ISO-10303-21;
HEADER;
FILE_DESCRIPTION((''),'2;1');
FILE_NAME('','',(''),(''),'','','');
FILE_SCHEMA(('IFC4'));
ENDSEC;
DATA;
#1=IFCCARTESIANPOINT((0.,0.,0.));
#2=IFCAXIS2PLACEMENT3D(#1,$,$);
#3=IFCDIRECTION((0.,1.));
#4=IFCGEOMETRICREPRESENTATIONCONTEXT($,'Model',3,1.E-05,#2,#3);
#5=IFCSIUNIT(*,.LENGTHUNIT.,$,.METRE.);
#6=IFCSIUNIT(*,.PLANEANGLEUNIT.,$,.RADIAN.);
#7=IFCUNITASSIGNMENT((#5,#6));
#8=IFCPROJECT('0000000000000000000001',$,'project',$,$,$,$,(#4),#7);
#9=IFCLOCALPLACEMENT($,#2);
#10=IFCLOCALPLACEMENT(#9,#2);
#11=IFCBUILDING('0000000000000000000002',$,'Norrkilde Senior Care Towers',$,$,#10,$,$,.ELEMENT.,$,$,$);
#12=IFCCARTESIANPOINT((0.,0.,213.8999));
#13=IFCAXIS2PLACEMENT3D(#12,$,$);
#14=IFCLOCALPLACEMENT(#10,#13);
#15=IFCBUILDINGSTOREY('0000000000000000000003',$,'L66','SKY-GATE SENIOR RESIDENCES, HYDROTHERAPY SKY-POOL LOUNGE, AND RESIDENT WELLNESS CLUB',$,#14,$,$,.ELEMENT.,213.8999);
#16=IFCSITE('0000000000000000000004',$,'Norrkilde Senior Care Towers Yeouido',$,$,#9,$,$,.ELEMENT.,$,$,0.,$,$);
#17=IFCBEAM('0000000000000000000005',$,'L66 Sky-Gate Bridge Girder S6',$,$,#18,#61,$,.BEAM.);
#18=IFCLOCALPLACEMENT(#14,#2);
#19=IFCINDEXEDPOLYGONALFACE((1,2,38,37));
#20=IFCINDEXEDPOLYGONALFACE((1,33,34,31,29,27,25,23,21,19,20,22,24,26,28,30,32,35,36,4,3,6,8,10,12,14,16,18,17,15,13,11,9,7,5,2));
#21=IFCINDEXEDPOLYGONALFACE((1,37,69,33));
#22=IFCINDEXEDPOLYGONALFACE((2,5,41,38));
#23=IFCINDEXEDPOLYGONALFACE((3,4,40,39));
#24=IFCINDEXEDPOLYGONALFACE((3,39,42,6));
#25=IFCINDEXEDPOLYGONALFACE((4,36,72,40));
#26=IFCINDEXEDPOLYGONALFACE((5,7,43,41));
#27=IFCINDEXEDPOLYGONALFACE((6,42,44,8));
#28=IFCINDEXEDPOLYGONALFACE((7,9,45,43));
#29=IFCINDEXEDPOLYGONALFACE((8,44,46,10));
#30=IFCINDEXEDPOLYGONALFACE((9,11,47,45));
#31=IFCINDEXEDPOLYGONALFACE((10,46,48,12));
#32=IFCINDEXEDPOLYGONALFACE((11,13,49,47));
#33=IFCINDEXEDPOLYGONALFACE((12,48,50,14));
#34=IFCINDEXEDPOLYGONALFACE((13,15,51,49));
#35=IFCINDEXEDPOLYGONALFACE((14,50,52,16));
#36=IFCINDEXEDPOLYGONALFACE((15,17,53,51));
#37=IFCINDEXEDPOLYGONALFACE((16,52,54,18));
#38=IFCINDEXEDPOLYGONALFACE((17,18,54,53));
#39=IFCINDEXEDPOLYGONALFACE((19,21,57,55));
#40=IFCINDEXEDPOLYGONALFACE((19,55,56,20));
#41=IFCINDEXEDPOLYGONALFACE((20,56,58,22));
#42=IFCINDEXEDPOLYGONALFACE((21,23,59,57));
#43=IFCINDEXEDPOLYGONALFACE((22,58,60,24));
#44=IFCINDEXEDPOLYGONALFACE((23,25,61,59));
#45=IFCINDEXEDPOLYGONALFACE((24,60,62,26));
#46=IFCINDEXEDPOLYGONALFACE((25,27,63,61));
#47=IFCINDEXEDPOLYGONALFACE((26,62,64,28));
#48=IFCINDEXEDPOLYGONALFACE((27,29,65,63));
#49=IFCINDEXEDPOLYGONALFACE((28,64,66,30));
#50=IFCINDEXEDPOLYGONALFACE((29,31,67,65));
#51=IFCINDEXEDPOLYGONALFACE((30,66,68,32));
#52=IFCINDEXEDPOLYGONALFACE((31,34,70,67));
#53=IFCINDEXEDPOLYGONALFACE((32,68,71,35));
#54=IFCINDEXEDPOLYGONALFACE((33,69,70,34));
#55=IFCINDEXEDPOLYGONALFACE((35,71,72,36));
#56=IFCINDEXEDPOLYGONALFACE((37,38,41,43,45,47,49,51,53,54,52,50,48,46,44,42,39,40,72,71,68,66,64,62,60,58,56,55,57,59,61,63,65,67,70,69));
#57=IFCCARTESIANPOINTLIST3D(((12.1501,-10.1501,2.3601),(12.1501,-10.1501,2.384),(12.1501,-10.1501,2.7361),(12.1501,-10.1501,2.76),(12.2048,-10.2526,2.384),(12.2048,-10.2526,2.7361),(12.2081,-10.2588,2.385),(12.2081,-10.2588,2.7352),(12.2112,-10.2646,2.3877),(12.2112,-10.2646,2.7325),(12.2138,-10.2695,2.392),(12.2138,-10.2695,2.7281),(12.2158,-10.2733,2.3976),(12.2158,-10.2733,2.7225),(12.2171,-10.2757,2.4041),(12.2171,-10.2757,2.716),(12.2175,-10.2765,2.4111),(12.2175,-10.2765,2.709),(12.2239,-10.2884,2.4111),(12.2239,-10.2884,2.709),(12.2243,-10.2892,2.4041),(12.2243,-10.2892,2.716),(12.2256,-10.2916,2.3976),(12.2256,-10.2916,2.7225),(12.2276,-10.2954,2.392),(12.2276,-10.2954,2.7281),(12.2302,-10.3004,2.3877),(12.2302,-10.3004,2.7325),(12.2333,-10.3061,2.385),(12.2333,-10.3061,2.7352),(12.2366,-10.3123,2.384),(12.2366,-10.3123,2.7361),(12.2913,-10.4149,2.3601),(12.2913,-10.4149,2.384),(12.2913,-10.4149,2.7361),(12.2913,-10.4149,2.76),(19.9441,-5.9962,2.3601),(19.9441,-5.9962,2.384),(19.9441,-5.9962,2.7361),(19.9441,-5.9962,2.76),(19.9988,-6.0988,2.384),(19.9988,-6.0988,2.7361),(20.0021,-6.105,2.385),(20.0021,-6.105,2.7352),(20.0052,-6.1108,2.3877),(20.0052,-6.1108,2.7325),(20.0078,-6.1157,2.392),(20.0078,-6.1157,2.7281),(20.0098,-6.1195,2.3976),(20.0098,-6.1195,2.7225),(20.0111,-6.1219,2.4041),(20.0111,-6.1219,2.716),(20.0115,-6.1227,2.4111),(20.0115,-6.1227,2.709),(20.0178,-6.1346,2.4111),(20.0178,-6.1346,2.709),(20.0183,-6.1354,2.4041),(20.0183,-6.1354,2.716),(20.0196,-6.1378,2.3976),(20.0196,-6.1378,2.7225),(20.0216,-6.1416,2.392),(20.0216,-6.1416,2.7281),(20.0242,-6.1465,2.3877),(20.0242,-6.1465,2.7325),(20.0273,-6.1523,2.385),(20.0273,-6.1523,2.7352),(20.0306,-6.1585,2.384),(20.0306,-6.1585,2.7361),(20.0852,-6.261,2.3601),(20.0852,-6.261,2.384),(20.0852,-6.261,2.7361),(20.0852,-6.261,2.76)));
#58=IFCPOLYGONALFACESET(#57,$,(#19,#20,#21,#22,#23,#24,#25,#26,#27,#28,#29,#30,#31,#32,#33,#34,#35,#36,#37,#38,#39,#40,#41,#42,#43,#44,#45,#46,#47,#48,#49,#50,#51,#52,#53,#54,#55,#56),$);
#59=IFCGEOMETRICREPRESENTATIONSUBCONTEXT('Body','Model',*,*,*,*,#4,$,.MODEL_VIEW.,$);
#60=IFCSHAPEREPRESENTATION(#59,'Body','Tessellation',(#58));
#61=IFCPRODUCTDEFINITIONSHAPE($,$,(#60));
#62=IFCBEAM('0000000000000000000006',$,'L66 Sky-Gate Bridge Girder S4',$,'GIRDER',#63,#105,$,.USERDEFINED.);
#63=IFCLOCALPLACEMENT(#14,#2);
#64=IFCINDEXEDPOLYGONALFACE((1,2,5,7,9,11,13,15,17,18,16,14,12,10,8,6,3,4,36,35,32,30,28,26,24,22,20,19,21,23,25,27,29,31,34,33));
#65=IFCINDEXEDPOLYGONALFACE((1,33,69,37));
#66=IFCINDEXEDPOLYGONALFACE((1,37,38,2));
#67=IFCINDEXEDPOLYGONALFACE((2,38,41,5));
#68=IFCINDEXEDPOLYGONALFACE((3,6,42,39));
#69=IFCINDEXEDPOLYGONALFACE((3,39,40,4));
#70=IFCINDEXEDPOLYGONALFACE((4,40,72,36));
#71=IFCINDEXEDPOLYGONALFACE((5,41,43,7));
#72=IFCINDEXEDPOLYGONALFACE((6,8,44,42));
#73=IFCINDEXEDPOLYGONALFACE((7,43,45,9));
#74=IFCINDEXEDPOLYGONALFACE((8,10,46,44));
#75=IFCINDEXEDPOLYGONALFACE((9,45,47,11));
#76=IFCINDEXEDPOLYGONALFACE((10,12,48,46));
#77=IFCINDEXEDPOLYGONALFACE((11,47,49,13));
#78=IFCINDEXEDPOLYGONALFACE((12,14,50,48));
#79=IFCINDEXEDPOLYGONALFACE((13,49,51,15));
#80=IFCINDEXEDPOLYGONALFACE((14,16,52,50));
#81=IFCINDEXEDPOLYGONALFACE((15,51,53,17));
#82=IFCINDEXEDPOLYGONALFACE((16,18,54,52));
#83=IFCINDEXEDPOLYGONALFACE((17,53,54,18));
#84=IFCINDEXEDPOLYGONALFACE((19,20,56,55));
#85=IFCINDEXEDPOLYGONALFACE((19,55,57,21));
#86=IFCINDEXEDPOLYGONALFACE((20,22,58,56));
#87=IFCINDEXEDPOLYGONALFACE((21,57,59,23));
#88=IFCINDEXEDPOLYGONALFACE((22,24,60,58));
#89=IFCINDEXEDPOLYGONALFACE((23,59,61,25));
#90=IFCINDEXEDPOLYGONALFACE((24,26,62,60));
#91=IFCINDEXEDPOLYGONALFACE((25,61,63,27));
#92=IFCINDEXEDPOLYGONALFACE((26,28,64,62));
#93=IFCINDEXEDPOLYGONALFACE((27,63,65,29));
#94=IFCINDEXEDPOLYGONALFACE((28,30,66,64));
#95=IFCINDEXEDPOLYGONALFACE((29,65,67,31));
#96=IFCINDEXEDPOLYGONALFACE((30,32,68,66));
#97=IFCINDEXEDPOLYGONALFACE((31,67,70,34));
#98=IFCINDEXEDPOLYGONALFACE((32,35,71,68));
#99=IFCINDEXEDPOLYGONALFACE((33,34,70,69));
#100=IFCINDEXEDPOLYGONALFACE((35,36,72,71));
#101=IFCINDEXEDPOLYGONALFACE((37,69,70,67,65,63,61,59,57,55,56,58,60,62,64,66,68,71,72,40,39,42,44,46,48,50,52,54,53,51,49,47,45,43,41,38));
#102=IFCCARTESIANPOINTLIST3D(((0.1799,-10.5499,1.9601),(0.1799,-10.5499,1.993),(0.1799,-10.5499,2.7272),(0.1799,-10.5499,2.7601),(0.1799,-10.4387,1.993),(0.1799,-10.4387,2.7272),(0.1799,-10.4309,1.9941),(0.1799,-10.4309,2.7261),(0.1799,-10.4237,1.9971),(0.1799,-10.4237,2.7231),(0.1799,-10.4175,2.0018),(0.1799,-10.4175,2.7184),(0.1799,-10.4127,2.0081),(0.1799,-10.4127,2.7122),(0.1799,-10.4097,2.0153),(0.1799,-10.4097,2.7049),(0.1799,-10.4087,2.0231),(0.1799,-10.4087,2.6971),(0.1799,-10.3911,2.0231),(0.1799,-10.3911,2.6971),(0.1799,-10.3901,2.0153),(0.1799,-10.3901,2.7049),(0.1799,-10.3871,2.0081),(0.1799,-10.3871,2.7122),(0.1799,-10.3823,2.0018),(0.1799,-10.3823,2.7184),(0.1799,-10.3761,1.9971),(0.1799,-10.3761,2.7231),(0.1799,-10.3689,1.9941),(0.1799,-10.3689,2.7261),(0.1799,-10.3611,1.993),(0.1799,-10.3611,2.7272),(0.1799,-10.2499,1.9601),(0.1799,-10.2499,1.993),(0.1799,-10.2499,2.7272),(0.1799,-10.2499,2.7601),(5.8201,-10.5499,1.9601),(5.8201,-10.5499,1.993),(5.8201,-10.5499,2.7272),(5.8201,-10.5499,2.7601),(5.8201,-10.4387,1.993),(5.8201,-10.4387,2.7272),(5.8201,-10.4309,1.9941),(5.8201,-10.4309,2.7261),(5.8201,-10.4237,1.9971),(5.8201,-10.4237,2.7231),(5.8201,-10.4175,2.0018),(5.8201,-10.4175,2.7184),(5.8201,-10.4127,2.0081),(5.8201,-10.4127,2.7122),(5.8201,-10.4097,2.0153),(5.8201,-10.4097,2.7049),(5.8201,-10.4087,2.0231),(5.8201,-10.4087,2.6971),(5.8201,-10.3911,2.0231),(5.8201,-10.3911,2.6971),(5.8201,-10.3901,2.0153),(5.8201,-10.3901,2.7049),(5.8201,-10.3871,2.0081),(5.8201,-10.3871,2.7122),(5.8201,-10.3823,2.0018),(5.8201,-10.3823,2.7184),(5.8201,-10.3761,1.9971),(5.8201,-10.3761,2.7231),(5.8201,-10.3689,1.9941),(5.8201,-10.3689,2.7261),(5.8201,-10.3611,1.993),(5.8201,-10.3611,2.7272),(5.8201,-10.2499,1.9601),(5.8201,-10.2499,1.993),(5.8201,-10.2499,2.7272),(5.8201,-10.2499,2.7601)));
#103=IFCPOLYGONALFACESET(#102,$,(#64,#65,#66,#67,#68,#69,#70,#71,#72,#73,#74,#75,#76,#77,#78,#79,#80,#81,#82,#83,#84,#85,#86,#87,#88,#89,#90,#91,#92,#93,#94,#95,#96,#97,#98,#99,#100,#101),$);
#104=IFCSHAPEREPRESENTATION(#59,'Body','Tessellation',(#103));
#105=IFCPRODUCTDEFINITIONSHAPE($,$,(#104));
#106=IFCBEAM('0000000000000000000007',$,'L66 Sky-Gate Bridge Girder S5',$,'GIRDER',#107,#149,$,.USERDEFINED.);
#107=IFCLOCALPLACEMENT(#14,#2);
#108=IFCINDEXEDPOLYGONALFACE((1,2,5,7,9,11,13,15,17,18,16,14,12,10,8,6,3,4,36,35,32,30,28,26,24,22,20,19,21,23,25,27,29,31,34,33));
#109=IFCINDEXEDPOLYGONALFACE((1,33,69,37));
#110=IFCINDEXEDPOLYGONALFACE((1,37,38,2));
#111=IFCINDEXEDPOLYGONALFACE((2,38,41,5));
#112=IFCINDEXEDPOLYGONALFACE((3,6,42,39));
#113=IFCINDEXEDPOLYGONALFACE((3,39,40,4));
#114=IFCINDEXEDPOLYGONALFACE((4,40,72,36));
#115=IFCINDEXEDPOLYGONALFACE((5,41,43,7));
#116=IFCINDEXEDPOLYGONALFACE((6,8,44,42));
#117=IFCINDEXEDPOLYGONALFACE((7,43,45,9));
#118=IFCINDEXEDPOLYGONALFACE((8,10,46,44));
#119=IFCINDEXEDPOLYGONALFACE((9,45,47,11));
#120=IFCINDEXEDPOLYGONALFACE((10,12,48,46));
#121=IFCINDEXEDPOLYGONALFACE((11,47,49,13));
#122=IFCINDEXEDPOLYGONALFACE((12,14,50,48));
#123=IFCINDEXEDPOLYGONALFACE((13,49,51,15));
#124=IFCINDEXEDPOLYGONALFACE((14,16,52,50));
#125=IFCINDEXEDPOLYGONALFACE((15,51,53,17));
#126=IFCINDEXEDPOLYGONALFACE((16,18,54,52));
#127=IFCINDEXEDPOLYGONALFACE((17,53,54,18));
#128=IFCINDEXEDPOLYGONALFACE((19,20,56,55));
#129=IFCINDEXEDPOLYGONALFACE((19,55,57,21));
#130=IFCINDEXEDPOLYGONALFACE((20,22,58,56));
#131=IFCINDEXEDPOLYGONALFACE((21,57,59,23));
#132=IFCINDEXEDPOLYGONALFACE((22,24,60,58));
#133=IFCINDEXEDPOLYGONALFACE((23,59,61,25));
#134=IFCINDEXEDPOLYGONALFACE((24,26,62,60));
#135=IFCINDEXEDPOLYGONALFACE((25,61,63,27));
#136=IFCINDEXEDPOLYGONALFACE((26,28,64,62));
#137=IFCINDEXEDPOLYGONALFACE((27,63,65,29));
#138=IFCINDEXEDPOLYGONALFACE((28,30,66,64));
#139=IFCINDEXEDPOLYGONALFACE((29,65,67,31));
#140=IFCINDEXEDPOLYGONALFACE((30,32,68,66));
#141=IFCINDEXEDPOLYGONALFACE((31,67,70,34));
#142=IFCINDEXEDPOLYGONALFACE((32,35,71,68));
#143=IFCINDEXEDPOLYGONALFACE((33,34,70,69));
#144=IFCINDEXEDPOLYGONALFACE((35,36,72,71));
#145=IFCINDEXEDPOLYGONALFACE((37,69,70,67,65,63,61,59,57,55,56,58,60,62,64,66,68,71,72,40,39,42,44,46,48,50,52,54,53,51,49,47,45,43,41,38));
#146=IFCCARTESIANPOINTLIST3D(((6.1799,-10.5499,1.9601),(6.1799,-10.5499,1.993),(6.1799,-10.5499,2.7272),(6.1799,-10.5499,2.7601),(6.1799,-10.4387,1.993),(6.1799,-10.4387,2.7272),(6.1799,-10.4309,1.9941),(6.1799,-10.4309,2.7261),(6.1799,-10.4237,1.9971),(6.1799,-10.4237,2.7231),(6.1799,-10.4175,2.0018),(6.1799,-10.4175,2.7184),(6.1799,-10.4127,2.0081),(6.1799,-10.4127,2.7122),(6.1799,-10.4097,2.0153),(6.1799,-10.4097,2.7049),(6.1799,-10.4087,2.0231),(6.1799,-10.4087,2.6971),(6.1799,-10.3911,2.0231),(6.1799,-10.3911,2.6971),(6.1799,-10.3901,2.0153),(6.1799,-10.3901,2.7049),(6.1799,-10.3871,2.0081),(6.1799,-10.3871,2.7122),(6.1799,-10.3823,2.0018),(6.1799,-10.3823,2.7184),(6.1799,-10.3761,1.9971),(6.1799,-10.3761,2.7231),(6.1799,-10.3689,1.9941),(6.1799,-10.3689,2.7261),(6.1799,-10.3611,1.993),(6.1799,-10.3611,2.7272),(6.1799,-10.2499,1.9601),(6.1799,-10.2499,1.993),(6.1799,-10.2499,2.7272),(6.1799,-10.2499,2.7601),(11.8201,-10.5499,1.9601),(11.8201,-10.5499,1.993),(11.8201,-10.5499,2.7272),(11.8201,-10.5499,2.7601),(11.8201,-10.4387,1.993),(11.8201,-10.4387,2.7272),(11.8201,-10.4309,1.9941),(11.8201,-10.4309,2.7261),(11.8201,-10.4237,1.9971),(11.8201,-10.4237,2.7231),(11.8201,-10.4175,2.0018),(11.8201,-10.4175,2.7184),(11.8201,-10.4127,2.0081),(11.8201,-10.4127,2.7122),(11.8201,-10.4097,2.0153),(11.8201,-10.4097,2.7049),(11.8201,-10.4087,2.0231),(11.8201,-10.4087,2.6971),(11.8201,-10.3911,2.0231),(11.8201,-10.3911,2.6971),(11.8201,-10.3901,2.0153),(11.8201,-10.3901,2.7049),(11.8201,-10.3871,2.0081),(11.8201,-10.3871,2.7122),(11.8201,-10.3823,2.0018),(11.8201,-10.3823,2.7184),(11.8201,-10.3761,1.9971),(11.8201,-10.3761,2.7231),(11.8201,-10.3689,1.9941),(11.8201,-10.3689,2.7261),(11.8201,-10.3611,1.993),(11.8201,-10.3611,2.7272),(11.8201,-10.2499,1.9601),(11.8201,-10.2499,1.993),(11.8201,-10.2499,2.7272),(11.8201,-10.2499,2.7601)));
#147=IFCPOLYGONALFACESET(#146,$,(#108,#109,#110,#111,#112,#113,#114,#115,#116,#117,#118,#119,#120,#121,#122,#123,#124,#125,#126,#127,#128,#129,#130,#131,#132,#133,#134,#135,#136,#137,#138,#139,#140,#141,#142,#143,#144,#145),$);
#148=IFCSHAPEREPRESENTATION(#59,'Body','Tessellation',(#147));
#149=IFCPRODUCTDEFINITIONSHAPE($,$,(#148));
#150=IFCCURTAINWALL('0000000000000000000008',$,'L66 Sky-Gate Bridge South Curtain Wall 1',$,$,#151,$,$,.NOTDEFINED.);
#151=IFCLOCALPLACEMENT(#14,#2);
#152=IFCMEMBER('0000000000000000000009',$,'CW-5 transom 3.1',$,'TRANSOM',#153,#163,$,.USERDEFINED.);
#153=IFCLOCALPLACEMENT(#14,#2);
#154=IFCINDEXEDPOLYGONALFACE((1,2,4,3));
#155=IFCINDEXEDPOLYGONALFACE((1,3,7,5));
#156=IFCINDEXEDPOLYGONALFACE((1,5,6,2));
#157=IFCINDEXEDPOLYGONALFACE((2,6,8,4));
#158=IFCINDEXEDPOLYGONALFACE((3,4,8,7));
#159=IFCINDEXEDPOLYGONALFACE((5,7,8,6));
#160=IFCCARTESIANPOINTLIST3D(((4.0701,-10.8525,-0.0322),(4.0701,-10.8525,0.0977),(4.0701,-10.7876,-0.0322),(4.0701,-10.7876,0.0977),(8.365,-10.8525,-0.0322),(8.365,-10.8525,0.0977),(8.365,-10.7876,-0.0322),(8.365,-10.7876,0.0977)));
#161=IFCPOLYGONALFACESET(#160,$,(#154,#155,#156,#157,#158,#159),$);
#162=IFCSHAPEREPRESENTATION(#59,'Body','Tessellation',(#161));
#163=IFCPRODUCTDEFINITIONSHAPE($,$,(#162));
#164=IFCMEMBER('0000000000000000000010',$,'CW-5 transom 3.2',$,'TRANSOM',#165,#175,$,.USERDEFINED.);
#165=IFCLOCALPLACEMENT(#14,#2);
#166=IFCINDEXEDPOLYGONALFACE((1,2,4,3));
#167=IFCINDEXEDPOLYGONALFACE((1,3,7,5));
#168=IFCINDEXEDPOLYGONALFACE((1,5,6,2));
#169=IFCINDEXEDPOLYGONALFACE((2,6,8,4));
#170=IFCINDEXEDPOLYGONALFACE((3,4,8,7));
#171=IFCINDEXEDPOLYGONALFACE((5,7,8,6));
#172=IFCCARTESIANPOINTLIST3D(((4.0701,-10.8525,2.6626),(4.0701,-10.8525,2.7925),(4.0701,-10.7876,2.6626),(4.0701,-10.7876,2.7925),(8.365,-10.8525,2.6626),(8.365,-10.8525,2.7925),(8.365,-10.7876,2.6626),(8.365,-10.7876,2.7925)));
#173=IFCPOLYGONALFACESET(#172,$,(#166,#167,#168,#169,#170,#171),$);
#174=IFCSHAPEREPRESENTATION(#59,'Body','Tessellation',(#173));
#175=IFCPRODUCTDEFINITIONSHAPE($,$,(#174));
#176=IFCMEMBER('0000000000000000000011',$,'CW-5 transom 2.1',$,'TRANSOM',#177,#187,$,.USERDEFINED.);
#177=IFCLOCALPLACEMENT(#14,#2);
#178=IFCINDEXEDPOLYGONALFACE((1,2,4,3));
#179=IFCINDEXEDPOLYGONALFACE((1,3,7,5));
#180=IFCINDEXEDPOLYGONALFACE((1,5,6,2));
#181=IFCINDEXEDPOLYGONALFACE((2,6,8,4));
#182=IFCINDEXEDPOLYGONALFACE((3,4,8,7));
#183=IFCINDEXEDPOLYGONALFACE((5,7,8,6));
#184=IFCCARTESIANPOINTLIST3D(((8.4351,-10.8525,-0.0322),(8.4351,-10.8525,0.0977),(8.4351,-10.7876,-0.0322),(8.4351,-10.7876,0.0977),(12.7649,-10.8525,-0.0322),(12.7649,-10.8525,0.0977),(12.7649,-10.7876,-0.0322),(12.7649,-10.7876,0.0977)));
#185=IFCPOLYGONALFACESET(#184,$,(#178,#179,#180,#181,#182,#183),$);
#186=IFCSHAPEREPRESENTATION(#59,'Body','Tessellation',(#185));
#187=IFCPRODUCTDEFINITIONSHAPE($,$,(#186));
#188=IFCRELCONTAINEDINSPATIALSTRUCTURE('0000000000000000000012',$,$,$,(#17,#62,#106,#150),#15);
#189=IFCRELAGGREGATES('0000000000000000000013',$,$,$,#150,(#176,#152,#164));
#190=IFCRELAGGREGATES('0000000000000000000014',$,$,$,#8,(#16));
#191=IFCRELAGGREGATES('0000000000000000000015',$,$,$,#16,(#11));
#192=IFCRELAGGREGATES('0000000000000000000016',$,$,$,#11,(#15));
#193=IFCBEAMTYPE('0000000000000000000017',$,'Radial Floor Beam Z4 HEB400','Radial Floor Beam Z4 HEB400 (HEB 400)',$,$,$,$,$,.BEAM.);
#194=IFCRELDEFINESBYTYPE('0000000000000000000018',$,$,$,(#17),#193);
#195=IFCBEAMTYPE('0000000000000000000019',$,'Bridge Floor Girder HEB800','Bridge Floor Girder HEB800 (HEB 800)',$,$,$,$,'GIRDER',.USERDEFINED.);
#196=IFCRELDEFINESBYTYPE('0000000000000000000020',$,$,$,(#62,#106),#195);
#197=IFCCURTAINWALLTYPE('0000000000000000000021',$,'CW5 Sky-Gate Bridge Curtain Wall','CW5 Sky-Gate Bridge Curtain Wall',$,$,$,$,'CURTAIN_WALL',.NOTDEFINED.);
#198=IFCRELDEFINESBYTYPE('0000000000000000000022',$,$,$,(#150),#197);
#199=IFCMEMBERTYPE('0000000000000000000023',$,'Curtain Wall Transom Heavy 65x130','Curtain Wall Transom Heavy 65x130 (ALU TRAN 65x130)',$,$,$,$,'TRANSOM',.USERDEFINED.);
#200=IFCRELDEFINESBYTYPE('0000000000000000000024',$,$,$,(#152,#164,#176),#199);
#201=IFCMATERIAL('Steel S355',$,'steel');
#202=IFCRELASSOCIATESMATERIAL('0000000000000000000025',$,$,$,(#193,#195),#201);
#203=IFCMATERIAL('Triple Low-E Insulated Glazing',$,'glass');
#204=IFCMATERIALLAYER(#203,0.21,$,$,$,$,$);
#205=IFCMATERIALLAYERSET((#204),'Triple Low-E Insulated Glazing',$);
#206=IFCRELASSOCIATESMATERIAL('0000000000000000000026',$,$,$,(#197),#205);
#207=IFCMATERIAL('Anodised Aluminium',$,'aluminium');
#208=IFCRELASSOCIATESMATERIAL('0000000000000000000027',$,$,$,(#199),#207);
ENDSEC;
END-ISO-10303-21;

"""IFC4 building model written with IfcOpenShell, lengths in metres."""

from ifc_helpers import new_model, si_unit, direction, frame, origin, origin_2d, place, context, subcontext, project, spatial, rectangle, i_section, extrude, source, transform, mapped, material, layer, layer_set, material_profile, profile_set, type_object, type_shapes, element, aggregate, save


model = new_model("IFC4")

# Units and contexts
model_context = context("Model", 3, precision=1e-05, world=origin(), true_north=direction((0.0, 1.0)))
body_context = subcontext(model_context, "Body", "Model", "MODEL_VIEW")
ifc_project = project(units=[si_unit("LENGTHUNIT", "METRE"), si_unit("PLANEANGLEUNIT", "RADIAN")], contexts=[model_context])

# Site, building, storey
site_placement = place(None, origin())
site = spatial("IfcSite", under=ifc_project, at=site_placement, Name="Norrkilde Senior Care Towers Yeouido", CompositionType="ELEMENT", RefElevation=0.0)
building_placement = place(site_placement, origin())
building = spatial("IfcBuilding", under=site, at=building_placement, Name="Norrkilde Senior Care Towers", CompositionType="ELEMENT")
storey_placement = place(building_placement, frame((0.0, 0.0, 213.8999)))
storey = spatial("IfcBuildingStorey", under=building, at=storey_placement, Name="L66", Description="SKY-GATE SENIOR RESIDENCES, HYDROTHERAPY SKY-POOL LOUNGE, AND RESIDENT WELLNESS CLUB", CompositionType="ELEMENT", Elevation=213.8999)

# Shared definitions
ifc_material_1 = material(Name="Steel S355", Category="steel")

# Beams
ifc_material_profile_1 = material_profile(ifc_material_1, i_section(OverallWidth=0.3, OverallDepth=0.3999, WebThickness=0.0134, FlangeThickness=0.0239, FilletRadius=0.0271, at=origin_2d()), Name="HEB 400")
ifc_profile_set_1 = profile_set([ifc_material_profile_1], Name="Steel S355")
beam_type_1 = type_object("IfcBeamType", Name="Radial Floor Beam Z4 HEB400", Description="Radial Floor Beam Z4 HEB400 (HEB 400)", PredefinedType="BEAM", material=ifc_profile_set_1)
shared_shape_1 = source(origin(), body_context, "Body", "SweptSolid", [
    extrude(i_section(OverallWidth=0.3, OverallDepth=0.3999, WebThickness=0.0134, FlangeThickness=0.0239, FilletRadius=0.0271, at=origin_2d()), origin(), (0.0, 0.0, 1.0), 8.8318),
])
type_shapes(beam_type_1, [shared_shape_1])
beam_1_placement = place(storey_placement, frame((12.2207, -10.2825, 2.5601), z_axis=(0.882492, 0.470327, 0.0), x_axis=(-0.470327, 0.882492, 0.0)))
element("IfcBeam", 1, at=beam_1_placement, inside=storey, type_object=beam_type_1, Name="L66 Sky-Gate Bridge Girder S6", PredefinedType="BEAM", context=body_context, shape_type="MappedRepresentation", body=[
    mapped(shared_shape_1, transform((0.0, 0.0, 0.0), x_axis=(1.0, 0.0, 0.0), y_axis=(0.0, 1.0, 0.0), z_axis=(0.0, 0.0, 1.0), scale=1.0)),
])
ifc_material_profile_2 = material_profile(ifc_material_1, i_section(OverallWidth=0.3, OverallDepth=0.8, WebThickness=0.0176, FlangeThickness=0.033, FilletRadius=0.03, at=origin_2d()), Name="HEB 800")
ifc_profile_set_2 = profile_set([ifc_material_profile_2], Name="Steel S355")
beam_type_2 = type_object("IfcBeamType", Name="Bridge Floor Girder HEB800", Description="Bridge Floor Girder HEB800 (HEB 800)", ElementType="GIRDER", PredefinedType="USERDEFINED", material=ifc_profile_set_2)
shared_shape_2 = source(origin(), body_context, "Body", "SweptSolid", [
    extrude(i_section(OverallWidth=0.3, OverallDepth=0.8, WebThickness=0.0176, FlangeThickness=0.033, FilletRadius=0.03, at=origin_2d()), origin(), (0.0, 0.0, 1.0), 5.6401),
])
type_shapes(beam_type_2, [shared_shape_2])
for number, where, z_axis, x_axis, name in (
    (2, (0.1799, -10.3999, 2.3601), (1.0, 0.0, 0.0), (0.0, 1.0, 0.0), "L66 Sky-Gate Bridge Girder S4"),
    (3, (6.1799, -10.3999, 2.3601), (1.0, 0.0, 0.0), (0.0, 1.0, 0.0), "L66 Sky-Gate Bridge Girder S5"),
):
    element("IfcBeam", number, at=place(storey_placement, frame(where, z_axis=z_axis, x_axis=x_axis)), inside=storey, type_object=beam_type_2, Name=name, ObjectType="GIRDER", PredefinedType="USERDEFINED", context=body_context, shape_type="MappedRepresentation", body=[
        mapped(shared_shape_2, transform((0.0, 0.0, 0.0), x_axis=(1.0, 0.0, 0.0), y_axis=(0.0, 1.0, 0.0), z_axis=(0.0, 0.0, 1.0), scale=1.0)),
    ])

# Curtain wall, members
ifc_material_2 = material(Name="Triple Low-E Insulated Glazing", Category="glass")
ifc_layer_1 = layer(ifc_material_2, 0.21)
ifc_layer_set_1 = layer_set([ifc_layer_1], Name="Triple Low-E Insulated Glazing")
curtain_wall_type = type_object("IfcCurtainWallType", Name="CW5 Sky-Gate Bridge Curtain Wall", Description="CW5 Sky-Gate Bridge Curtain Wall", ElementType="CURTAIN_WALL", PredefinedType="NOTDEFINED", material=ifc_layer_set_1)
curtain_wall_1_placement = place(storey_placement, origin())
curtain_wall_1 = element("IfcCurtainWall", 4, at=curtain_wall_1_placement, inside=storey, type_object=curtain_wall_type, Name="L66 Sky-Gate Bridge South Curtain Wall 1", PredefinedType="NOTDEFINED")
ifc_material_3 = material(Name="Anodised Aluminium", Category="aluminium")
ifc_material_profile_3 = material_profile(ifc_material_3, rectangle(XDim=0.0649, YDim=0.1299, at=origin_2d()), Name="ALU TRAN 65x130")
ifc_profile_set_3 = profile_set([ifc_material_profile_3], Name="Anodised Aluminium")
member_type_1 = type_object("IfcMemberType", Name="Curtain Wall Transom Heavy 65x130", Description="Curtain Wall Transom Heavy 65x130 (ALU TRAN 65x130)", ElementType="TRANSOM", PredefinedType="USERDEFINED", material=ifc_profile_set_3)
shared_shape_3 = source(origin(), body_context, "Body", "SweptSolid", [
    extrude(rectangle(XDim=0.0649, YDim=0.1299, at=origin_2d()), origin(), (0.0, 0.0, 1.0), 4.2949),
])
member_1_placement = place(storey_placement, frame((8.365, -10.8201, 0.0327), z_axis=(-1.0, 0.0, 0.0), x_axis=(0.0, -1.0, 0.0)))
member_1 = element("IfcMember", 5, at=member_1_placement, type_object=member_type_1, Name="CW-5 transom 3.1", ObjectType="TRANSOM", PredefinedType="USERDEFINED", context=body_context, shape_type="MappedRepresentation", body=[
    mapped(shared_shape_3, transform((0.0, 0.0, 0.0), x_axis=(1.0, 0.0, 0.0), y_axis=(0.0, 1.0, 0.0), z_axis=(0.0, 0.0, 1.0), scale=1.0)),
])
member_2_placement = place(storey_placement, frame((8.365, -10.8201, 2.7275), z_axis=(-1.0, 0.0, 0.0), x_axis=(0.0, -1.0, 0.0)))
member_2 = element("IfcMember", 6, at=member_2_placement, type_object=member_type_1, Name="CW-5 transom 3.2", ObjectType="TRANSOM", PredefinedType="USERDEFINED", context=body_context, shape_type="MappedRepresentation", body=[
    mapped(shared_shape_3, transform((0.0, 0.0, 0.0), x_axis=(1.0, 0.0, 0.0), y_axis=(0.0, 1.0, 0.0), z_axis=(0.0, 0.0, 1.0), scale=1.0)),
])
shared_shape_4 = source(origin(), body_context, "Body", "SweptSolid", [
    extrude(rectangle(XDim=0.0649, YDim=0.1299, at=origin_2d()), origin(), (0.0, 0.0, 1.0), 4.3298),
])
member_3_placement = place(storey_placement, frame((12.7649, -10.8201, 0.0327), z_axis=(-1.0, 0.0, 0.0), x_axis=(0.0, -1.0, 0.0)))
member_3 = element("IfcMember", 7, at=member_3_placement, type_object=member_type_1, Name="CW-5 transom 2.1", ObjectType="TRANSOM", PredefinedType="USERDEFINED", context=body_context, shape_type="MappedRepresentation", body=[
    mapped(shared_shape_4, transform((0.0, 0.0, 0.0), x_axis=(1.0, 0.0, 0.0), y_axis=(0.0, 1.0, 0.0), z_axis=(0.0, 0.0, 1.0), scale=1.0)),
])

aggregate(curtain_wall_1, [member_3, member_1, member_2])

save(model, "model.ifc")
